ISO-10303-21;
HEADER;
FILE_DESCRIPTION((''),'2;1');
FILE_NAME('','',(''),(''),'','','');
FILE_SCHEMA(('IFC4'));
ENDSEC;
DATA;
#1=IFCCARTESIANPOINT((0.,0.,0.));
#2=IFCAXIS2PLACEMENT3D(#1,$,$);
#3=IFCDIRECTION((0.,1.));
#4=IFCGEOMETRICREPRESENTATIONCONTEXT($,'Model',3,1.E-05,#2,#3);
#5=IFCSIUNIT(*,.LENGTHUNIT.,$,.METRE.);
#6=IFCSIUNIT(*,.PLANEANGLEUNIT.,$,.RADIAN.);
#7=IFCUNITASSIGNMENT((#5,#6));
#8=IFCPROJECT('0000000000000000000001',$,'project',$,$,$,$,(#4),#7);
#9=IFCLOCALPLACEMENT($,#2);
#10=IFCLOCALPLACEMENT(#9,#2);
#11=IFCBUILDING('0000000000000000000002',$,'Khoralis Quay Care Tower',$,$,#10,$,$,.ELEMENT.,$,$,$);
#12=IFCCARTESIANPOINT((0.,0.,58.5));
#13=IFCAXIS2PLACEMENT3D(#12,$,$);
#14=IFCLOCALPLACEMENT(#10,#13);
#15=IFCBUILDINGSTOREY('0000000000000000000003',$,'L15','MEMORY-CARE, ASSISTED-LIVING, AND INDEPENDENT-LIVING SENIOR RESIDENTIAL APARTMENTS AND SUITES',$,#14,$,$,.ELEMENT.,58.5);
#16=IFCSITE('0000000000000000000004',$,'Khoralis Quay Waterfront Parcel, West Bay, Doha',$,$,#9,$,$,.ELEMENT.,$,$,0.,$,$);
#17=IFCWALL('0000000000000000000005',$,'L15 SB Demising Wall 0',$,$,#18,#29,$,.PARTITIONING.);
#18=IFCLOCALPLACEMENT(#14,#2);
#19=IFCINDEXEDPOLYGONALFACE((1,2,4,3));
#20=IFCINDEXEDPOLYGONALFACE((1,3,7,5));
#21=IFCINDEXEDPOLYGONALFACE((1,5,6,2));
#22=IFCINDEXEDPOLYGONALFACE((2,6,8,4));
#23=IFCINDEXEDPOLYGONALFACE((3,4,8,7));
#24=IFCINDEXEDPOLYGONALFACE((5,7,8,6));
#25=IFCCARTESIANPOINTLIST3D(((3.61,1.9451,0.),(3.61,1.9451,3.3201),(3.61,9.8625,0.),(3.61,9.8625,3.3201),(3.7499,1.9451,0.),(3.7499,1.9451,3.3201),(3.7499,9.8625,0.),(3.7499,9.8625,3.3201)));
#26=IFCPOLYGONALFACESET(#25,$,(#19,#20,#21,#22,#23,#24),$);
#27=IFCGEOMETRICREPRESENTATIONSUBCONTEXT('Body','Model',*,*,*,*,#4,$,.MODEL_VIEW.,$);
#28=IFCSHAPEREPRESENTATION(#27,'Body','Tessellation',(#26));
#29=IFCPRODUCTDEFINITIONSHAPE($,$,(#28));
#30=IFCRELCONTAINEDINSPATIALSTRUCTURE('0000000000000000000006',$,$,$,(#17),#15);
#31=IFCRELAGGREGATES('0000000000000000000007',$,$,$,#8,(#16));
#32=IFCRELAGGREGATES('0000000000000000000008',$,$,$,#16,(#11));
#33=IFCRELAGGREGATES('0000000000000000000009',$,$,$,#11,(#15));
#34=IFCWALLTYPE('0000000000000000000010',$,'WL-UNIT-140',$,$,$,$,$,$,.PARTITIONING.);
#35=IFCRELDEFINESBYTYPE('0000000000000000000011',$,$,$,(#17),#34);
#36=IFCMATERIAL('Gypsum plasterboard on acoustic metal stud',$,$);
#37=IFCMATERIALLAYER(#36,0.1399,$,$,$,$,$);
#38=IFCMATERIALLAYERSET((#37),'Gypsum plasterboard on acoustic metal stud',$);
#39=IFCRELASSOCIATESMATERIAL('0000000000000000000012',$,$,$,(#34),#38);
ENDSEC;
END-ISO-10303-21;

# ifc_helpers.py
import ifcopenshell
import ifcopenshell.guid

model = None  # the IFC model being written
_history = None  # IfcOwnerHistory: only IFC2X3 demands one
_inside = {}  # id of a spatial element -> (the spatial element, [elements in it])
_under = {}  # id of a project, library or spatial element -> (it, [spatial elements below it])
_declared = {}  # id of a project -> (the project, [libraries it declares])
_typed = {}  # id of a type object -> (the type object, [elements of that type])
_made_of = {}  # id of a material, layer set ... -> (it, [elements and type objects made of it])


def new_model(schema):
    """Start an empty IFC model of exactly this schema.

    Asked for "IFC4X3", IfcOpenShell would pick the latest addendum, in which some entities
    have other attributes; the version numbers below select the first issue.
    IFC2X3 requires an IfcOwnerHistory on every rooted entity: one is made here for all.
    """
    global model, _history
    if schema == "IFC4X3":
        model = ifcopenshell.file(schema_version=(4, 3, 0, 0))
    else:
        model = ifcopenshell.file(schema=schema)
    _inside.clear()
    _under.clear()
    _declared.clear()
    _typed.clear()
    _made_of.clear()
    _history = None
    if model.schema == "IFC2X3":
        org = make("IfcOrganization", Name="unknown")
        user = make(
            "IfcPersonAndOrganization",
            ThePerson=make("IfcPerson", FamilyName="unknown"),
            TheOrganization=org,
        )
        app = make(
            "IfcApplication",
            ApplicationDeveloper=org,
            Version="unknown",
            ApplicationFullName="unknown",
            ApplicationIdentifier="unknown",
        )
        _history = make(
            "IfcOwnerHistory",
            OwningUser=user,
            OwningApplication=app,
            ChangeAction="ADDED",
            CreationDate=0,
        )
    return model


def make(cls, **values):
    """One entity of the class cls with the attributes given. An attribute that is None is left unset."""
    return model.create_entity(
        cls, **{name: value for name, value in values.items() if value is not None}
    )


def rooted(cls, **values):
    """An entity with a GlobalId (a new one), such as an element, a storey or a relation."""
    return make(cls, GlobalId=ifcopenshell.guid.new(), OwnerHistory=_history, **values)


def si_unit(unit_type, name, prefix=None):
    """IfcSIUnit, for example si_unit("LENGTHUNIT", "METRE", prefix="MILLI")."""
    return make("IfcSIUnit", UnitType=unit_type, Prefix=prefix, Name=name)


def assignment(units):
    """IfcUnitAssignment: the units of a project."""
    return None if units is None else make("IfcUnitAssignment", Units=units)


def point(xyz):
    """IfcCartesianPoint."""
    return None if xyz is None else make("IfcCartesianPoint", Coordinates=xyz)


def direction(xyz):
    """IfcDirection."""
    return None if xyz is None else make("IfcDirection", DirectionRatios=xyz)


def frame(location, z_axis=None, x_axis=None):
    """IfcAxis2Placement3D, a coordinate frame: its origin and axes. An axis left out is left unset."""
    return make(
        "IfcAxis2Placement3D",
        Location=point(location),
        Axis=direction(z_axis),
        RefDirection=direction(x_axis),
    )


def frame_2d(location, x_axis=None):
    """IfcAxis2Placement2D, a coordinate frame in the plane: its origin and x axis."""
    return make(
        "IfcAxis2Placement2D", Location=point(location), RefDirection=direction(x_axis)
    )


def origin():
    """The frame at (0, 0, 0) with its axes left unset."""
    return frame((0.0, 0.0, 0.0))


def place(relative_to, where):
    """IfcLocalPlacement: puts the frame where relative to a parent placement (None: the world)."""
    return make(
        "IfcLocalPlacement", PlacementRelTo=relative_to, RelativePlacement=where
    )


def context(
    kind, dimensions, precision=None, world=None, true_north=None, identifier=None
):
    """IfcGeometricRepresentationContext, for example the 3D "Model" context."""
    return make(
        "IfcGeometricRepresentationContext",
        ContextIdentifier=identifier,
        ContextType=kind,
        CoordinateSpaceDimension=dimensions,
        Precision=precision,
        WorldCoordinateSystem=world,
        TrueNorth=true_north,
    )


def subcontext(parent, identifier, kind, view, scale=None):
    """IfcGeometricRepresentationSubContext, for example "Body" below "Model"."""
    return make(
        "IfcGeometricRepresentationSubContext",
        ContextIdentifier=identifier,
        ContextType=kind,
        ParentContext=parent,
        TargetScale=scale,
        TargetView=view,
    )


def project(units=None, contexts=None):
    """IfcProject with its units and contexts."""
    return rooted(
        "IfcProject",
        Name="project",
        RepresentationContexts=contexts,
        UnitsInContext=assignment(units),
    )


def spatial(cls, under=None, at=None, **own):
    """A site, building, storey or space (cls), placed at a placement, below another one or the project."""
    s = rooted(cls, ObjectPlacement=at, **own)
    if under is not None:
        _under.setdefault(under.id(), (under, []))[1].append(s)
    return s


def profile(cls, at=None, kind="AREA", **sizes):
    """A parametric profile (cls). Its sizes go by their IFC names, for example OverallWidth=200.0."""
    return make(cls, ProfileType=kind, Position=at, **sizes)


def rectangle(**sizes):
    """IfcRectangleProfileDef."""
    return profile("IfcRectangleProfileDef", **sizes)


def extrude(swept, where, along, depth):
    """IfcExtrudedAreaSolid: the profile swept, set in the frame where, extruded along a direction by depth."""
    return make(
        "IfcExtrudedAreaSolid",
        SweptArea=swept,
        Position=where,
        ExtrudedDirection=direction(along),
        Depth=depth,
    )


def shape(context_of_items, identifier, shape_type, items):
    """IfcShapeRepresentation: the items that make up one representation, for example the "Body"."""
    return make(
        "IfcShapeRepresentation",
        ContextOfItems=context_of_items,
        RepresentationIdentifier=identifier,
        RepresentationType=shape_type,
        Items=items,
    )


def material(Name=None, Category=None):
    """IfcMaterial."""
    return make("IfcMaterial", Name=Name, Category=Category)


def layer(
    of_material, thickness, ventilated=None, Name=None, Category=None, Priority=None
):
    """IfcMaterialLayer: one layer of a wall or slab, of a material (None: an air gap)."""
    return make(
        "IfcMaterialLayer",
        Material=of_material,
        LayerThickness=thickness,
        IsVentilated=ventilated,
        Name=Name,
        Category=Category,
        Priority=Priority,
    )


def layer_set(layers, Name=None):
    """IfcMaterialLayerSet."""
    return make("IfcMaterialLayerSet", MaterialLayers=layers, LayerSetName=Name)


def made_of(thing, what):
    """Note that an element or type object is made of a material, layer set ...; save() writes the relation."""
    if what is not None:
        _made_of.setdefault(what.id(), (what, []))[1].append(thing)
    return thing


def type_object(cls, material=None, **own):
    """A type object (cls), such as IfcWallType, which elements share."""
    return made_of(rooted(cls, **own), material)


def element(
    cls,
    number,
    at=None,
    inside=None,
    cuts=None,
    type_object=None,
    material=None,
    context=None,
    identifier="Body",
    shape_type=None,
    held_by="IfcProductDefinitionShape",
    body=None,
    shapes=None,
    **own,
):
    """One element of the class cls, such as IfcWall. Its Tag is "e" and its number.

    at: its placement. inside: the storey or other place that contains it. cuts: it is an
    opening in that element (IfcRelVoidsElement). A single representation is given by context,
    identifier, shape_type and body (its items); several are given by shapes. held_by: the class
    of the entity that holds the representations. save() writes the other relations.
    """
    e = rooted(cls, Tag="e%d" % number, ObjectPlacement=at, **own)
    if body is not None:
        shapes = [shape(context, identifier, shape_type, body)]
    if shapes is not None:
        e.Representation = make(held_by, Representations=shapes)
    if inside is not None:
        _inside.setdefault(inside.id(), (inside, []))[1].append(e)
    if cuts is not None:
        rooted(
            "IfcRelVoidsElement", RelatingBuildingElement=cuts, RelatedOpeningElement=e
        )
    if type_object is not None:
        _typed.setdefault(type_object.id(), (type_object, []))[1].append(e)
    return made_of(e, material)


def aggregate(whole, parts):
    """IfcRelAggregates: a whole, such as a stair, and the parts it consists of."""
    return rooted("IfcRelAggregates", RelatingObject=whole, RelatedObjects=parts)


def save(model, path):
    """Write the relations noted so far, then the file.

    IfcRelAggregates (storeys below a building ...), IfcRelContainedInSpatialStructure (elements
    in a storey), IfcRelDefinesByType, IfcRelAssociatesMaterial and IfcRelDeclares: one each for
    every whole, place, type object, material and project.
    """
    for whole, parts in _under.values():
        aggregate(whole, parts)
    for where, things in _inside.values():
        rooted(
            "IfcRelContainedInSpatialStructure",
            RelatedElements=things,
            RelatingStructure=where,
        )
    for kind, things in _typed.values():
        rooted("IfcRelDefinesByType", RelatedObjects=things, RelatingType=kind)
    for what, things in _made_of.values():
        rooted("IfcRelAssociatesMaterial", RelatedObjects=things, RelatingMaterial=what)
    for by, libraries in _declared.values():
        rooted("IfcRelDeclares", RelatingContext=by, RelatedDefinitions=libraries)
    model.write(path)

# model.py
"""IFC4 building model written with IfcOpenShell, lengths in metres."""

from ifc_helpers import new_model, si_unit, direction, frame, frame_2d, origin, place, context, subcontext, project, spatial, rectangle, extrude, material, layer, layer_set, type_object, element, save


model = new_model("IFC4")

# Units and contexts
model_context = context("Model", 3, precision=1e-05, world=origin(), true_north=direction((0.0, 1.0)))
body_context = subcontext(model_context, "Body", "Model", "MODEL_VIEW")
ifc_project = project(units=[si_unit("LENGTHUNIT", "METRE"), si_unit("PLANEANGLEUNIT", "RADIAN")], contexts=[model_context])

# Site, building, storey
site_placement = place(None, origin())
site = spatial("IfcSite", under=ifc_project, at=site_placement, Name="Khoralis Quay Waterfront Parcel, West Bay, Doha", CompositionType="ELEMENT", RefElevation=0.0)
building_placement = place(site_placement, origin())
building = spatial("IfcBuilding", under=site, at=building_placement, Name="Khoralis Quay Care Tower", CompositionType="ELEMENT")
storey_placement = place(building_placement, frame((0.0, 0.0, 58.5)))
storey = spatial("IfcBuildingStorey", under=building, at=storey_placement, Name="L15", Description="MEMORY-CARE, ASSISTED-LIVING, AND INDEPENDENT-LIVING SENIOR RESIDENTIAL APARTMENTS AND SUITES", CompositionType="ELEMENT", Elevation=58.5)

# Wall
ifc_material_1 = material(Name="Gypsum plasterboard on acoustic metal stud")
ifc_layer_1 = layer(ifc_material_1, 0.1399)
ifc_layer_set_1 = layer_set([ifc_layer_1], Name="Gypsum plasterboard on acoustic metal stud")
wall_type_1 = type_object("IfcWallType", Name="WL-UNIT-140", PredefinedType="PARTITIONING", material=ifc_layer_set_1)
wall_1_placement = place(storey_placement, frame((3.6799, 1.9451, 0.0), z_axis=(0.0, 0.0, 1.0), x_axis=(0.0, 1.0, 0.0)))
element("IfcWall", 1, at=wall_1_placement, inside=storey, type_object=wall_type_1, Name="L15 SB Demising Wall 0", PredefinedType="PARTITIONING", context=body_context, shape_type="SweptSolid", body=[
    extrude(rectangle(XDim=7.9175, YDim=0.1399, at=frame_2d((3.9587, 0.0))), origin(), (0.0, 0.0, 1.0), 3.3201),
])

save(model, "model.ifc")
